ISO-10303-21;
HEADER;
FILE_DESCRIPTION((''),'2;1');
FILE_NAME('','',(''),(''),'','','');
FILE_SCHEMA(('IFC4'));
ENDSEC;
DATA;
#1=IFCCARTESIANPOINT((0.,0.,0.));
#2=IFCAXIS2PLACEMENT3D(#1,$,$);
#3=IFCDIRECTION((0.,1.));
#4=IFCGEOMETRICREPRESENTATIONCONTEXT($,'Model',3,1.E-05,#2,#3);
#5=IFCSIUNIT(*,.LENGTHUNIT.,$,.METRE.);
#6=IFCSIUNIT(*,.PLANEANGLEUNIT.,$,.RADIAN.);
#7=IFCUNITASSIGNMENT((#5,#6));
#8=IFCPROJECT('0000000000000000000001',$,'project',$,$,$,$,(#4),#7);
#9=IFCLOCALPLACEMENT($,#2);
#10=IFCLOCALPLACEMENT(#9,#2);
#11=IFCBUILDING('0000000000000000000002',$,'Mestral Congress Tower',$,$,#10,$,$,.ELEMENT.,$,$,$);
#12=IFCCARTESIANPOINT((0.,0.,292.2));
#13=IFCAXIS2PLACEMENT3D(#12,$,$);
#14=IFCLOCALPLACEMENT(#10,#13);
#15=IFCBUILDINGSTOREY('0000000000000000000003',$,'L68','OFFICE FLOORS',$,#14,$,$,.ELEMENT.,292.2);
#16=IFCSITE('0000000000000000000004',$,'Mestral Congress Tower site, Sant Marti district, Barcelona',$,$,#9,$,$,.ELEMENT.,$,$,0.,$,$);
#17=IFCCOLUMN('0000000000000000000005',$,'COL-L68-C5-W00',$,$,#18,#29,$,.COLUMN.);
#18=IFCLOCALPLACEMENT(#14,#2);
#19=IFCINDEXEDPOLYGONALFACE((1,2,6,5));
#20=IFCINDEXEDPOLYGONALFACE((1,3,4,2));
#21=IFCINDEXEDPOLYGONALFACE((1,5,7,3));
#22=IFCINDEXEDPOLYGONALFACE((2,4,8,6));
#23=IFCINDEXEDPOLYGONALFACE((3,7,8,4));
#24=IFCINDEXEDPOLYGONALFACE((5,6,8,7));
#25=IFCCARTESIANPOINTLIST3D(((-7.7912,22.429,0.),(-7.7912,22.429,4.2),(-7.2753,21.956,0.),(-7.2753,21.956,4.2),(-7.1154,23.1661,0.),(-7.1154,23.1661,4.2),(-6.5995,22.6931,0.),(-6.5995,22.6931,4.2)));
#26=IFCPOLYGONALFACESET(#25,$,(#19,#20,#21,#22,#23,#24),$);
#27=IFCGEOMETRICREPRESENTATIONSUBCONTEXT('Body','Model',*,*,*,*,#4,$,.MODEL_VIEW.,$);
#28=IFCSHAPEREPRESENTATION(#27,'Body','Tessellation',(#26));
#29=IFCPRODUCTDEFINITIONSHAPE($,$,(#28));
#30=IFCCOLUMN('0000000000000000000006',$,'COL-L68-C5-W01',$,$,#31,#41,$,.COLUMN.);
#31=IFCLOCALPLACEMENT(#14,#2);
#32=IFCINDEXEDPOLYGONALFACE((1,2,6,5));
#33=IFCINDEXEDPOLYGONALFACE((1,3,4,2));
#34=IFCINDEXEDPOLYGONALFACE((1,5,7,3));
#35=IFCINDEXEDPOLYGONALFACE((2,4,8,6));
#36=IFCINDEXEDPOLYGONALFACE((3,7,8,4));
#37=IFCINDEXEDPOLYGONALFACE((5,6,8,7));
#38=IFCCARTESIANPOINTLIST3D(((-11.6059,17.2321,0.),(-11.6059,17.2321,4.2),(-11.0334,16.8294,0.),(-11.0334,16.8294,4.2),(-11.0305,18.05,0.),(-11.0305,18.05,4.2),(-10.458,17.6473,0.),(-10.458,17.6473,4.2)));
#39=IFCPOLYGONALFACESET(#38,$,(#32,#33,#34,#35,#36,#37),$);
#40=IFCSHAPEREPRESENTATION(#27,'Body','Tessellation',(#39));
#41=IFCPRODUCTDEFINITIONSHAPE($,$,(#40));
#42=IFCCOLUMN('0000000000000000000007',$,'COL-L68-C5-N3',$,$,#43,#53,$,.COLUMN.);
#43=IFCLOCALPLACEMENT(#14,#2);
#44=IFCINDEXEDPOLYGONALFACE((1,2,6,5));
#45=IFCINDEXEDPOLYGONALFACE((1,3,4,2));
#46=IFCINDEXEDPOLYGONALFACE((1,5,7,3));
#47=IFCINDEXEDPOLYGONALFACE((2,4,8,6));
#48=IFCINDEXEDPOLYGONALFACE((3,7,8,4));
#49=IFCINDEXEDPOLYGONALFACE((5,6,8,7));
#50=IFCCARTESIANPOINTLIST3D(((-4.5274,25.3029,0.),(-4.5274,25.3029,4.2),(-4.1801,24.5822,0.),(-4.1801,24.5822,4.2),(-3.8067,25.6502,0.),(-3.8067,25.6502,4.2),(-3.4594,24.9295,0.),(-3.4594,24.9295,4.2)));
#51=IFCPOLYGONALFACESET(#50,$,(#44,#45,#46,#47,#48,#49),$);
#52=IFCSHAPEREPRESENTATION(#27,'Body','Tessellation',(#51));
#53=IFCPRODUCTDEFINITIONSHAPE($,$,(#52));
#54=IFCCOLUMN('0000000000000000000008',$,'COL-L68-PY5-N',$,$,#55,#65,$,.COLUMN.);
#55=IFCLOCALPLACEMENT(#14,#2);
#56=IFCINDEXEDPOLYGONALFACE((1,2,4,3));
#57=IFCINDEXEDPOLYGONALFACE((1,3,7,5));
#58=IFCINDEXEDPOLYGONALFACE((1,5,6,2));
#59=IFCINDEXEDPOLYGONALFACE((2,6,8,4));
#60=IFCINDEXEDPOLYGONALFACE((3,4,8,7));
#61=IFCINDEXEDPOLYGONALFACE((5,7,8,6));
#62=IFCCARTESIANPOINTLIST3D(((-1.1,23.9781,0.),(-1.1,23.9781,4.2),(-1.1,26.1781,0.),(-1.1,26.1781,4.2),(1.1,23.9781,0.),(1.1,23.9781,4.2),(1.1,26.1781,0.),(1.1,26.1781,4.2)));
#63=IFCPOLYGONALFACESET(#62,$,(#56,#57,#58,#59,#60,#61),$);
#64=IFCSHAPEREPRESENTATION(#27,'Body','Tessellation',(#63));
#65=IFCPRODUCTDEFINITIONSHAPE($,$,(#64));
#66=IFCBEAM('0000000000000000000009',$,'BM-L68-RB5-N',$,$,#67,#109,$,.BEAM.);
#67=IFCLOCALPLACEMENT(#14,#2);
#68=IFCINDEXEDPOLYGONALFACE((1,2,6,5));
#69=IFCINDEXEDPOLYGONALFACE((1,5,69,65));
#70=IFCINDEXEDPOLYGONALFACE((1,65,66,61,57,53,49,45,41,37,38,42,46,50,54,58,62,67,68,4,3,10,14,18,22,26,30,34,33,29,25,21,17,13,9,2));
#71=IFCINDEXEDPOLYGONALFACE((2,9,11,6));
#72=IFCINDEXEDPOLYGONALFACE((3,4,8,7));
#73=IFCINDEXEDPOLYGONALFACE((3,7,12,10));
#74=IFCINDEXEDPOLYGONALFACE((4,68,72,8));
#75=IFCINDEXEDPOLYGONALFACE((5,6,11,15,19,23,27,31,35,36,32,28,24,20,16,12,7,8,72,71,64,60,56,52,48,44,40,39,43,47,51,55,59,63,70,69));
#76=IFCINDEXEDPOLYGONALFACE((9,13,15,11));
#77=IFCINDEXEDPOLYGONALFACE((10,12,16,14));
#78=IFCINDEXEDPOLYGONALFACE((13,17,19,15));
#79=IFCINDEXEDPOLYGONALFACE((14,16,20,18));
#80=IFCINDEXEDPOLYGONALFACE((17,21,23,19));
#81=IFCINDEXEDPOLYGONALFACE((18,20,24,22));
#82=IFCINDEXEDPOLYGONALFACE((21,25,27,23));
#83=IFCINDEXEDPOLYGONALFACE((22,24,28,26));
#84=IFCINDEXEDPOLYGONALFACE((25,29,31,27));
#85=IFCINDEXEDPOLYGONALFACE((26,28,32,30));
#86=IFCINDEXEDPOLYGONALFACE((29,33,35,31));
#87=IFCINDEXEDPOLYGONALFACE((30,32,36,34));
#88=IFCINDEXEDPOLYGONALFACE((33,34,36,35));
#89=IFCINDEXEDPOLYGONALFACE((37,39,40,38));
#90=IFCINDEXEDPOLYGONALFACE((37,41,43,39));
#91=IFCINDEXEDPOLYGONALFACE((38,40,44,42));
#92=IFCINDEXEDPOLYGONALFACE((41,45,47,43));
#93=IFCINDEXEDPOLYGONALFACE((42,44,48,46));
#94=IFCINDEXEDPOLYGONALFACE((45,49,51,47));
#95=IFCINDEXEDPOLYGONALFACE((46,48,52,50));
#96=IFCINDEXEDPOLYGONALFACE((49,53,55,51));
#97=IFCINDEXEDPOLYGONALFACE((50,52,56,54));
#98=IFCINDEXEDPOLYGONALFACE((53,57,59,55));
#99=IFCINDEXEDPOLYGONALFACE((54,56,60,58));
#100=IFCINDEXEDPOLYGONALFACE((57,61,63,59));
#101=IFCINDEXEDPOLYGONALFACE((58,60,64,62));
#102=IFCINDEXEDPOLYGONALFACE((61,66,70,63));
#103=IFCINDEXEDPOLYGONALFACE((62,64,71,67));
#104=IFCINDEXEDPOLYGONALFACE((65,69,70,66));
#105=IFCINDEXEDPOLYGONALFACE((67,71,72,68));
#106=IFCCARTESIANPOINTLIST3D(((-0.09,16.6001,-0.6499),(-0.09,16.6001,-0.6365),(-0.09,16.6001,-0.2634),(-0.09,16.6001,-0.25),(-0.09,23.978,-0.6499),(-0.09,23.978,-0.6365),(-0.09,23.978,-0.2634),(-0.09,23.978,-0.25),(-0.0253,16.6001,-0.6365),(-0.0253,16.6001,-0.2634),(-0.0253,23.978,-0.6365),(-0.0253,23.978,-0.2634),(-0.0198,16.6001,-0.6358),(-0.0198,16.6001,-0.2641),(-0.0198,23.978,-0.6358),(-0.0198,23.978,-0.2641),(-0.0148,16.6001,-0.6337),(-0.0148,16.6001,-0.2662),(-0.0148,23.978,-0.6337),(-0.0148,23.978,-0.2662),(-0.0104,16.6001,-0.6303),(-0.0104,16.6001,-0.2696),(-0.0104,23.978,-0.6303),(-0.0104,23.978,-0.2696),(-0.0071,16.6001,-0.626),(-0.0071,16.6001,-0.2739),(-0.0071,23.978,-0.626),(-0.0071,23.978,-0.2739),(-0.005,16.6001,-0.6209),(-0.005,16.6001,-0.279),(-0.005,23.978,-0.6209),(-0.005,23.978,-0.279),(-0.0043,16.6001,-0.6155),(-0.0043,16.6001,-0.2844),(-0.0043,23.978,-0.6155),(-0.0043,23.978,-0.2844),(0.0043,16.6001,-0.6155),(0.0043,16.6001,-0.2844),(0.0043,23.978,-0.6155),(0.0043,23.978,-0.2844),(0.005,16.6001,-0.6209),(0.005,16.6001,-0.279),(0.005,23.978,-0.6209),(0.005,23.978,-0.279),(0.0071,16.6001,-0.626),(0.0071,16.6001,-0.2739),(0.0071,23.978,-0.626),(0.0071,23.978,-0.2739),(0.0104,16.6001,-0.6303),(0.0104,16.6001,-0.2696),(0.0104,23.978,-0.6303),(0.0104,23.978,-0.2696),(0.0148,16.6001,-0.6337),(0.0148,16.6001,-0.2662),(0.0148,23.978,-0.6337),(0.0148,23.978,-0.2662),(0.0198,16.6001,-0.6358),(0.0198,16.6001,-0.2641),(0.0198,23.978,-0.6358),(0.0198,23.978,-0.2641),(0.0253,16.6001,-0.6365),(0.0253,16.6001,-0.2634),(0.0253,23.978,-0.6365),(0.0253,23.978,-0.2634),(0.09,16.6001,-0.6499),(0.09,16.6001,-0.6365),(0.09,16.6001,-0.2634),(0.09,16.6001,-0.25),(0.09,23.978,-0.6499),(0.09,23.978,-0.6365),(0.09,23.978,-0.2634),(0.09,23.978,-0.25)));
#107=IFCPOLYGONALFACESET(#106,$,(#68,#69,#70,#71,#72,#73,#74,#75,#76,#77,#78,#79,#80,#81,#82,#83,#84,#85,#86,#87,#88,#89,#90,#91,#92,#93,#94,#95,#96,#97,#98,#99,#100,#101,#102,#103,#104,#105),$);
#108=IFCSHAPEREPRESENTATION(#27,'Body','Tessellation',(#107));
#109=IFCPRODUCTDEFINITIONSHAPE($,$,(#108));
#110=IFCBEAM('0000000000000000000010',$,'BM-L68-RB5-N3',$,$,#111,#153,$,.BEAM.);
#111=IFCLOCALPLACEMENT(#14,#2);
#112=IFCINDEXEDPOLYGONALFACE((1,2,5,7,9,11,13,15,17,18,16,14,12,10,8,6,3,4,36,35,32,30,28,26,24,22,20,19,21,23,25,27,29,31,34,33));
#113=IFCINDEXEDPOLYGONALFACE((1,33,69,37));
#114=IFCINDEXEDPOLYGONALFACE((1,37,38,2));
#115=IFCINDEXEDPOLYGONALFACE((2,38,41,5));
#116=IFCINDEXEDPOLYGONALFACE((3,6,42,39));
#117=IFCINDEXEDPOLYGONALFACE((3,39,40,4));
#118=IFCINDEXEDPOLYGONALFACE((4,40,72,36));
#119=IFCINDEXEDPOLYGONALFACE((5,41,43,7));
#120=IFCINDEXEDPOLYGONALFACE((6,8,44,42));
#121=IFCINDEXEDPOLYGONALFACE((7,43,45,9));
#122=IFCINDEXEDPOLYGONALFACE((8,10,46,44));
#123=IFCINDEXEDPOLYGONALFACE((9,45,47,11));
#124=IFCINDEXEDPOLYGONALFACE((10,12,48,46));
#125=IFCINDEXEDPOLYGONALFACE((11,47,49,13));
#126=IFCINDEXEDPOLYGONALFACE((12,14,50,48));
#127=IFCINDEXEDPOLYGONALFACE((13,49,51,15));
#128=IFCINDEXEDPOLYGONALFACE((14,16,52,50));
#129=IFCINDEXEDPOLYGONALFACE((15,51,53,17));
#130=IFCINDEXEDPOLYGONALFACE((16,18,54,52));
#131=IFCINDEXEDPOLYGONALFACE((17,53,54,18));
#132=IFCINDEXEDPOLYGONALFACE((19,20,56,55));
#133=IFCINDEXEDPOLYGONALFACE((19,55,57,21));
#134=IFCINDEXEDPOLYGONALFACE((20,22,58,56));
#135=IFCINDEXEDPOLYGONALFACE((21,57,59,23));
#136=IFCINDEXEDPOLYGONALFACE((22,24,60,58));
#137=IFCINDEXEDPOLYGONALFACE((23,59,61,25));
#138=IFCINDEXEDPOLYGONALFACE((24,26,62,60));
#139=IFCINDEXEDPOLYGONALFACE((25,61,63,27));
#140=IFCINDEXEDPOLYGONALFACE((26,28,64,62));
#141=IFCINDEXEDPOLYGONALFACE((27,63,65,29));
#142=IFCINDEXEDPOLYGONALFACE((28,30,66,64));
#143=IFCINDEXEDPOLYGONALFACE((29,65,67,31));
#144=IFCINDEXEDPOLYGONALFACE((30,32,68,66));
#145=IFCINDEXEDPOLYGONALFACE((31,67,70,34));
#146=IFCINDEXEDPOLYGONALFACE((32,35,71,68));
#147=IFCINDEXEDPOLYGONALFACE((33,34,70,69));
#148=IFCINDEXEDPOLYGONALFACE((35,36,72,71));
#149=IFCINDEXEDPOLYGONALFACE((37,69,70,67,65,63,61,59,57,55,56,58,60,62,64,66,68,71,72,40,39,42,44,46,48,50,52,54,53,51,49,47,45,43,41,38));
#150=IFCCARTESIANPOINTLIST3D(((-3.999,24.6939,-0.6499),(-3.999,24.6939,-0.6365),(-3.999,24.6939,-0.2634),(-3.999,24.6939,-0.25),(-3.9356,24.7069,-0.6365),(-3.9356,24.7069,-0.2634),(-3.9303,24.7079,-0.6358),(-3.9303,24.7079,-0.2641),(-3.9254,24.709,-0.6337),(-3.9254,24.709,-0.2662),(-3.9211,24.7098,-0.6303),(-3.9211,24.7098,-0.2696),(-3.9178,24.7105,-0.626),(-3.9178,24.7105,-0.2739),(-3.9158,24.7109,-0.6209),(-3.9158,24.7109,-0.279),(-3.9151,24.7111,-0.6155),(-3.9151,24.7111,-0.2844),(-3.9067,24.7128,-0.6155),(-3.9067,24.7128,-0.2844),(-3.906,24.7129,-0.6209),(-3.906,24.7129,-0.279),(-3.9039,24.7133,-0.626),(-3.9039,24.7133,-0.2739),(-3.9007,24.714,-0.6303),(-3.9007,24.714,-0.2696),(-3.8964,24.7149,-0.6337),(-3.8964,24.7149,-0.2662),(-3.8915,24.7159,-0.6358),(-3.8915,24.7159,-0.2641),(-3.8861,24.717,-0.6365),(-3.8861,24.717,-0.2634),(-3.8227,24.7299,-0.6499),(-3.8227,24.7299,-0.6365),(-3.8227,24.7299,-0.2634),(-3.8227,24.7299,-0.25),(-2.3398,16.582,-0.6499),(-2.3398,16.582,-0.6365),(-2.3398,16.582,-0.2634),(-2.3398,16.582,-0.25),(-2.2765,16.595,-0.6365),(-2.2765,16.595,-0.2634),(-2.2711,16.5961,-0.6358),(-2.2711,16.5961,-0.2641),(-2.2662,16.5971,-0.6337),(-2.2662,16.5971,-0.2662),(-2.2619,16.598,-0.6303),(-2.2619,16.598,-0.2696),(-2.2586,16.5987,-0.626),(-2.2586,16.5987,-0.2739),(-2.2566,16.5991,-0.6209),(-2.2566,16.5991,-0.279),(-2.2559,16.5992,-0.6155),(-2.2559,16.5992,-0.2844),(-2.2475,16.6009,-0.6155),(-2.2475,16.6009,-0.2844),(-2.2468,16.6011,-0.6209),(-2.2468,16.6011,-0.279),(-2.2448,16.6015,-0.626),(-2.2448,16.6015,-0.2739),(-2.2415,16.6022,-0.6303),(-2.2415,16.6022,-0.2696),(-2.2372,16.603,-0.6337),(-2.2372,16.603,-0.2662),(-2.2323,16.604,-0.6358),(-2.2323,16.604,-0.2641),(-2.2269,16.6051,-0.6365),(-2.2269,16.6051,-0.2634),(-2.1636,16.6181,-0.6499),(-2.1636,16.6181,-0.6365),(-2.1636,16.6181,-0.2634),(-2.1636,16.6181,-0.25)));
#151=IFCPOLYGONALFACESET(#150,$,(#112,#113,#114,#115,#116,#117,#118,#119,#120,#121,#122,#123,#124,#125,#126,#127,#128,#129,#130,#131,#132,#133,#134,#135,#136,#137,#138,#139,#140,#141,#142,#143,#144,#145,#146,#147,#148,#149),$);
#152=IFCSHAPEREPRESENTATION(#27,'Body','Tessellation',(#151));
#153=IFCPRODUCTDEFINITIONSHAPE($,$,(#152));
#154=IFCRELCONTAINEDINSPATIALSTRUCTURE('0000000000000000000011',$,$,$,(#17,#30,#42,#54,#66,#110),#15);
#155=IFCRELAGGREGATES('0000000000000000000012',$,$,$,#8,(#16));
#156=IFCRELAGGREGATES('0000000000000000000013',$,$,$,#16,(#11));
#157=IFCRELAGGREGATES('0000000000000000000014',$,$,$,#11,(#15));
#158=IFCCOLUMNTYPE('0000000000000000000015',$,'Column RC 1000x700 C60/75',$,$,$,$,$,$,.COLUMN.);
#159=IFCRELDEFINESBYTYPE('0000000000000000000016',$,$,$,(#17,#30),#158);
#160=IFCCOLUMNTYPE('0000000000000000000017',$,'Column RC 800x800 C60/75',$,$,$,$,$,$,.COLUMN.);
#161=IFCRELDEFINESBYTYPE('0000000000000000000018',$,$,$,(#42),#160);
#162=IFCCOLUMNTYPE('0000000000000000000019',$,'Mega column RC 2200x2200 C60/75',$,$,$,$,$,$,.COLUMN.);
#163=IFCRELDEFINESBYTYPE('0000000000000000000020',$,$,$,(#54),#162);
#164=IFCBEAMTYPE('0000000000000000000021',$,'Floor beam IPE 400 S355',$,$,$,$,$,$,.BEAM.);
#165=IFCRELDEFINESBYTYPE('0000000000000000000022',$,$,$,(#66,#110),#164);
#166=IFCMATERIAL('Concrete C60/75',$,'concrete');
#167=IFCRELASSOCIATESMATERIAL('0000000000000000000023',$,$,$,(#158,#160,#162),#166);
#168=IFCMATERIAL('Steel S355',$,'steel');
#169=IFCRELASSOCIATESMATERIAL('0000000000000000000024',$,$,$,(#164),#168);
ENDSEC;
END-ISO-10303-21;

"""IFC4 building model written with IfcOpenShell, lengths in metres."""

from ifc_helpers import new_model, si_unit, direction, frame, origin, origin_2d, place, context, subcontext, project, spatial, rectangle, i_section, extrude, material, material_profile, profile_set, type_object, element, save


model = new_model("IFC4")

# Units and contexts
model_context = context("Model", 3, precision=1e-05, world=origin(), true_north=direction((0.0, 1.0)))
body_context = subcontext(model_context, "Body", "Model", "MODEL_VIEW")
ifc_project = project(units=[si_unit("LENGTHUNIT", "METRE"), si_unit("PLANEANGLEUNIT", "RADIAN")], contexts=[model_context])

# Site, building, storey
site_placement = place(None, origin())
site = spatial("IfcSite", under=ifc_project, at=site_placement, Name="Mestral Congress Tower site, Sant Marti district, Barcelona", CompositionType="ELEMENT", RefElevation=0.0)
building_placement = place(site_placement, origin())
building = spatial("IfcBuilding", under=site, at=building_placement, Name="Mestral Congress Tower", CompositionType="ELEMENT")
storey_placement = place(building_placement, frame((0.0, 0.0, 292.2)))
storey = spatial("IfcBuildingStorey", under=building, at=storey_placement, Name="L68", Description="OFFICE FLOORS", CompositionType="ELEMENT", Elevation=292.2)

# Columns
ifc_material_1 = material(Name="Concrete C60/75", Category="concrete")
ifc_material_profile_1 = material_profile(ifc_material_1, rectangle(XDim=1.0, YDim=0.7, at=origin_2d()), Name="RC 1000x700")
ifc_profile_set_1 = profile_set([ifc_material_profile_1], Name="Concrete C60/75")
column_type_1 = type_object("IfcColumnType", Name="Column RC 1000x700 C60/75", PredefinedType="COLUMN", material=ifc_profile_set_1)
for number, where, z_axis, x_axis, name in (
    (1, (-7.1953, 22.561, 0.0), (0.0, 0.0, 1.0), (-0.675803, -0.737083, 0.0), "COL-L68-C5-W00"),
    (2, (-11.032, 17.4397, 0.0), (0.0, 0.0, 1.0), (-0.575402, -0.817871, 0.0), "COL-L68-C5-W01"),
):
    element("IfcColumn", number, at=place(storey_placement, frame(where, z_axis=z_axis, x_axis=x_axis)), inside=storey, type_object=column_type_1, Name=name, PredefinedType="COLUMN", context=body_context, shape_type="SweptSolid", body=[
        extrude(rectangle(XDim=1.0, YDim=0.7, at=origin_2d()), origin(), (0.0, 0.0, 1.0), 4.2),
    ])
ifc_material_profile_2 = material_profile(ifc_material_1, rectangle(XDim=0.8, YDim=0.8, at=origin_2d()), Name="RC 800x800")
ifc_profile_set_2 = profile_set([ifc_material_profile_2], Name="Concrete C60/75")
column_type_2 = type_object("IfcColumnType", Name="Column RC 800x800 C60/75", PredefinedType="COLUMN", material=ifc_profile_set_2)
column_1_placement = place(storey_placement, frame((-3.9934, 25.1162, 0.0), z_axis=(0.0, 0.0, 1.0), x_axis=(-0.900873, -0.434082, 0.0)))
element("IfcColumn", 3, at=column_1_placement, inside=storey, type_object=column_type_2, Name="COL-L68-C5-N3", PredefinedType="COLUMN", context=body_context, shape_type="SweptSolid", body=[
    extrude(rectangle(XDim=0.8, YDim=0.8, at=origin_2d()), origin(), (0.0, 0.0, 1.0), 4.2),
])
ifc_material_profile_3 = material_profile(ifc_material_1, rectangle(XDim=2.2, YDim=2.2, at=origin_2d()), Name="RC 2200x2200")
ifc_profile_set_3 = profile_set([ifc_material_profile_3], Name="Concrete C60/75")
column_type_3 = type_object("IfcColumnType", Name="Mega column RC 2200x2200 C60/75", PredefinedType="COLUMN", material=ifc_profile_set_3)
column_2_placement = place(storey_placement, frame((0.0, 25.0781, 0.0), z_axis=(0.0, 0.0, 1.0), x_axis=(0.0, 1.0, 0.0)))
element("IfcColumn", 4, at=column_2_placement, inside=storey, type_object=column_type_3, Name="COL-L68-PY5-N", PredefinedType="COLUMN", context=body_context, shape_type="SweptSolid", body=[
    extrude(rectangle(XDim=2.2, YDim=2.2, at=origin_2d()), origin(), (0.0, 0.0, 1.0), 4.2),
])

# Beams
ifc_material_2 = material(Name="Steel S355", Category="steel")
ifc_material_profile_4 = material_profile(ifc_material_2, i_section(OverallWidth=0.1799, OverallDepth=0.3999, WebThickness=0.0085, FlangeThickness=0.0134, FilletRadius=0.021, at=origin_2d()), Name="IPE 400")
ifc_profile_set_4 = profile_set([ifc_material_profile_4], Name="Steel S355")
beam_type_1 = type_object("IfcBeamType", Name="Floor beam IPE 400 S355", PredefinedType="BEAM", material=ifc_profile_set_4)
beam_1_placement = place(storey_placement, frame((0.0, 23.978, -0.45), z_axis=(0.0, -1.0, 0.0), x_axis=(1.0, 0.0, 0.0)))
element("IfcBeam", 5, at=beam_1_placement, inside=storey, type_object=beam_type_1, Name="BM-L68-RB5-N", PredefinedType="BEAM", context=body_context, shape_type="SweptSolid", body=[
    extrude(i_section(OverallWidth=0.1799, OverallDepth=0.3999, WebThickness=0.0085, FlangeThickness=0.0134, FilletRadius=0.021, at=origin_2d()), origin(), (0.0, 0.0, 1.0), 7.3779),
])
beam_2_placement = place(storey_placement, frame((-3.9109, 24.7119, -0.45), z_axis=(0.20039, -0.979716, 0.0), x_axis=(0.979716, 0.20039, 0.0)))
element("IfcBeam", 6, at=beam_2_placement, inside=storey, type_object=beam_type_1, Name="BM-L68-RB5-N3", PredefinedType="BEAM", context=body_context, shape_type="SweptSolid", body=[
    extrude(i_section(OverallWidth=0.1799, OverallDepth=0.3999, WebThickness=0.0085, FlangeThickness=0.0134, FilletRadius=0.021, at=origin_2d()), origin(), (0.0, 0.0, 1.0), 8.2798),
])

save(model, "model.ifc")
